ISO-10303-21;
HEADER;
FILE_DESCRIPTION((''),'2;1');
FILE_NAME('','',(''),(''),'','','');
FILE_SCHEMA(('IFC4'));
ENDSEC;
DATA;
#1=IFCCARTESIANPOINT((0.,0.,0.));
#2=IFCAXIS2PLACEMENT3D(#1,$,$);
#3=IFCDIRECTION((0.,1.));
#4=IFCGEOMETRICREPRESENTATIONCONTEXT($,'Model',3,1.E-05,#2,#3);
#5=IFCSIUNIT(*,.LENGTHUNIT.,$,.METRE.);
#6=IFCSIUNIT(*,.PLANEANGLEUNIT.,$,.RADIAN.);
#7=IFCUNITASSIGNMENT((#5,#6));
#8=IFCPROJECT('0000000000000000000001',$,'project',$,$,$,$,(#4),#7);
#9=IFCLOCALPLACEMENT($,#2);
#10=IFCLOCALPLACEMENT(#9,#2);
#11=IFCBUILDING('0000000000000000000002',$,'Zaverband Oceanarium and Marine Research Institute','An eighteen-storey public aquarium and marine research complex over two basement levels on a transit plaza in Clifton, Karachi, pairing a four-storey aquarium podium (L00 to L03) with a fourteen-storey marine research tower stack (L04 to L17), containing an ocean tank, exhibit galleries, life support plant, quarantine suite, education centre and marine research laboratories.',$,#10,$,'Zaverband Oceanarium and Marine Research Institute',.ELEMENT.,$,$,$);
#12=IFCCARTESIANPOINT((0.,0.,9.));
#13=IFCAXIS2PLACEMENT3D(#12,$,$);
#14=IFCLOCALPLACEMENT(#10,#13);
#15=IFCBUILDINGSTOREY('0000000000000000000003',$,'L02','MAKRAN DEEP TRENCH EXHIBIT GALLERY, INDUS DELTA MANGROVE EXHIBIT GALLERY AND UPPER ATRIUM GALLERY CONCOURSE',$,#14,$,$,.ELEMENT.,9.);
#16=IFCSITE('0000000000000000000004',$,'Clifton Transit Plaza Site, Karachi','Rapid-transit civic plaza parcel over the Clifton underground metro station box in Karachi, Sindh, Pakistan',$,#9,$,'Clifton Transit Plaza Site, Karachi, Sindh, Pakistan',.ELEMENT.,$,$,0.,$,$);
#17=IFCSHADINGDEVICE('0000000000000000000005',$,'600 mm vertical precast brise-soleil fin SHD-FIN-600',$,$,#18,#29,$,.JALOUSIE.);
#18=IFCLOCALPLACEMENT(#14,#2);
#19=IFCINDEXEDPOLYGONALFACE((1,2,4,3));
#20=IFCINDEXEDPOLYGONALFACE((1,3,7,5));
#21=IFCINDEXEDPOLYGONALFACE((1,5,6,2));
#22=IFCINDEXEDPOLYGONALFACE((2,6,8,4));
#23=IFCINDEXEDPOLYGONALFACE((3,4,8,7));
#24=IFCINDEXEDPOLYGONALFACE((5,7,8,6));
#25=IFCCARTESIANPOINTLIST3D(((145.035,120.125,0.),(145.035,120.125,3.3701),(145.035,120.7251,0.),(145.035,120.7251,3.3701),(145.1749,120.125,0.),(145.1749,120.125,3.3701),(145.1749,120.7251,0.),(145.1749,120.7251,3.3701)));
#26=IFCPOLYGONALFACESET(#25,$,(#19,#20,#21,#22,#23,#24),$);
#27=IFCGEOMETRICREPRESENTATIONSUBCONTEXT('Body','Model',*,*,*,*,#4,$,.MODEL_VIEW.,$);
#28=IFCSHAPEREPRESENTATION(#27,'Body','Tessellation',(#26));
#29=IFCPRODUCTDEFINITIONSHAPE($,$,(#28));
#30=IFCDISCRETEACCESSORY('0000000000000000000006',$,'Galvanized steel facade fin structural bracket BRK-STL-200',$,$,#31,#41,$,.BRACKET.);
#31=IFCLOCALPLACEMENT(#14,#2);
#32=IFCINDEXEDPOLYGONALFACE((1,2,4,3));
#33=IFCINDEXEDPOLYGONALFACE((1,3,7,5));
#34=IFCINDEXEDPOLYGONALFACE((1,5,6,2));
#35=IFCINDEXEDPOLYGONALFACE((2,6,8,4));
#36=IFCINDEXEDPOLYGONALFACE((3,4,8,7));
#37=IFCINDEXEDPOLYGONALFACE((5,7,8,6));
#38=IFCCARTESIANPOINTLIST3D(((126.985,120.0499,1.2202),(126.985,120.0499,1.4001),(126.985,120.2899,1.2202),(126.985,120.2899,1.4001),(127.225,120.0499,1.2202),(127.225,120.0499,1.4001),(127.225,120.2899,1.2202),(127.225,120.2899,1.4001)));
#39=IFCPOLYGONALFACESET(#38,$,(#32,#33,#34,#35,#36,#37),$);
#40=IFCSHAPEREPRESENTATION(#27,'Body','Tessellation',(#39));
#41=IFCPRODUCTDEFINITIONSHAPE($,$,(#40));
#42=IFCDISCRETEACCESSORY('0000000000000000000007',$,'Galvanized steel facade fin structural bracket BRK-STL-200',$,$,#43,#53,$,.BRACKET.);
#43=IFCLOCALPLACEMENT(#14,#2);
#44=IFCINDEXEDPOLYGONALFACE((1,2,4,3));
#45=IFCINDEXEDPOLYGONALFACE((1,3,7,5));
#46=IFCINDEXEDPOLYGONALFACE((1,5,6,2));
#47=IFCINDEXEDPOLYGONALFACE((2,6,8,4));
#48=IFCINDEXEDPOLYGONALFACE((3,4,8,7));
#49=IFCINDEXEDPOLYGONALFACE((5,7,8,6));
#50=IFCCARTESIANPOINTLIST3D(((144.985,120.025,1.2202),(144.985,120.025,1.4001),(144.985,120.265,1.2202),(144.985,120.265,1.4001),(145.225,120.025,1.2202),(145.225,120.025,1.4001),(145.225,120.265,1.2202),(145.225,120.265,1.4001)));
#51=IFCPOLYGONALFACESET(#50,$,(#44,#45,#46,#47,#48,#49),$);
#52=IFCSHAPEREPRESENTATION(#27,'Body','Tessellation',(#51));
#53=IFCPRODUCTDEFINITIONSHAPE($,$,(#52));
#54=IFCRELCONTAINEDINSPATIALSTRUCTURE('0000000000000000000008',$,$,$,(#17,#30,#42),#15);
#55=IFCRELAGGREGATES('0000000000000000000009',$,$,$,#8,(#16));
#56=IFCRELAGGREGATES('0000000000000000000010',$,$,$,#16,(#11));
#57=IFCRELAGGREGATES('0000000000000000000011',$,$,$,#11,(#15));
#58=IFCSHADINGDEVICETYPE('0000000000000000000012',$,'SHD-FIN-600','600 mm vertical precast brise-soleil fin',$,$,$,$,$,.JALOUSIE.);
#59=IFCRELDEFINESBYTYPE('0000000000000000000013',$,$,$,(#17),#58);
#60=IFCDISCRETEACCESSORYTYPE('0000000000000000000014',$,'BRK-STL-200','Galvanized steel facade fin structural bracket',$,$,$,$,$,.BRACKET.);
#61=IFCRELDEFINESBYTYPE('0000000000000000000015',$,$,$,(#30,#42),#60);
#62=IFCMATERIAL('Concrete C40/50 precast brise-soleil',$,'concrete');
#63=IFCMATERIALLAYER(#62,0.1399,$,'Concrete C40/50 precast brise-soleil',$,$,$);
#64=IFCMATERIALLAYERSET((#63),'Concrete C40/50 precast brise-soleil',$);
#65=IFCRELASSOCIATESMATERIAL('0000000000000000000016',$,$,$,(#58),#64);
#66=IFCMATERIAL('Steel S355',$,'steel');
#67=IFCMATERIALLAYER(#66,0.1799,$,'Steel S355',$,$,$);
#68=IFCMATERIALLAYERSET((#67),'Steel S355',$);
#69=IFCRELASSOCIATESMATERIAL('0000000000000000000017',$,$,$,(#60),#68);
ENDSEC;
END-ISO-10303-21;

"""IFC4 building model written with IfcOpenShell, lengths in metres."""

from ifc_helpers import new_model, si_unit, direction, frame, frame_2d, origin, origin_2d, place, context, subcontext, project, spatial, rectangle, extrude, material, layer, layer_set, type_object, element, save


model = new_model("IFC4")

# Units and contexts
model_context = context("Model", 3, precision=1e-05, world=origin(), true_north=direction((0.0, 1.0)))
body_context = subcontext(model_context, "Body", "Model", "MODEL_VIEW")
ifc_project = project(units=[si_unit("LENGTHUNIT", "METRE"), si_unit("PLANEANGLEUNIT", "RADIAN")], contexts=[model_context])

# Site, building, storey
site_placement = place(None, origin())
site = spatial("IfcSite", under=ifc_project, at=site_placement, Name="Clifton Transit Plaza Site, Karachi", Description="Rapid-transit civic plaza parcel over the Clifton underground metro station box in Karachi, Sindh, Pakistan", LongName="Clifton Transit Plaza Site, Karachi, Sindh, Pakistan", CompositionType="ELEMENT", RefElevation=0.0)
building_placement = place(site_placement, origin())
building = spatial("IfcBuilding", under=site, at=building_placement, Name="Zaverband Oceanarium and Marine Research Institute", Description="An eighteen-storey public aquarium and marine research complex over two basement levels on a transit plaza in Clifton, Karachi, pairing a four-storey aquarium podium (L00 to L03) with a fourteen-storey marine research tower stack (L04 to L17), containing an ocean tank, exhibit galleries, life support plant, quarantine suite, education centre and marine research laboratories.", LongName="Zaverband Oceanarium and Marine Research Institute", CompositionType="ELEMENT")
storey_placement = place(building_placement, frame((0.0, 0.0, 9.0)))
storey = spatial("IfcBuildingStorey", under=building, at=storey_placement, Name="L02", Description="MAKRAN DEEP TRENCH EXHIBIT GALLERY, INDUS DELTA MANGROVE EXHIBIT GALLERY AND UPPER ATRIUM GALLERY CONCOURSE", CompositionType="ELEMENT", Elevation=9.0)

# Shading device
ifc_material_1 = material(Name="Concrete C40/50 precast brise-soleil", Category="concrete")
ifc_layer_1 = layer(ifc_material_1, 0.1399, Name="Concrete C40/50 precast brise-soleil")
ifc_layer_set_1 = layer_set([ifc_layer_1], Name="Concrete C40/50 precast brise-soleil")
shading_device_type = type_object("IfcShadingDeviceType", Name="SHD-FIN-600", Description="600 mm vertical precast brise-soleil fin", PredefinedType="JALOUSIE", material=ifc_layer_set_1)
for number, where, z_axis, x_axis, name in (
    (1, (145.105, 120.125, 0.0), (0.0, 0.0, 1.0), (0.0, 1.0, 0.0), "600 mm vertical precast brise-soleil fin SHD-FIN-600"),
):
    element("IfcShadingDevice", number, at=place(storey_placement, frame(where, z_axis=z_axis, x_axis=x_axis)), inside=storey, type_object=shading_device_type, Name=name, PredefinedType="JALOUSIE", context=body_context, shape_type="SweptSolid", body=[
        extrude(rectangle(XDim=0.6001, YDim=0.1399, at=frame_2d((0.3, 0.0))), origin(), (0.0, 0.0, 1.0), 3.3701),
    ])

# Discrete accessories
ifc_material_2 = material(Name="Steel S355", Category="steel")
ifc_layer_2 = layer(ifc_material_2, 0.1799, Name="Steel S355")
ifc_layer_set_2 = layer_set([ifc_layer_2], Name="Steel S355")
discrete_accessory_type = type_object("IfcDiscreteAccessoryType", Name="BRK-STL-200", Description="Galvanized steel facade fin structural bracket", PredefinedType="BRACKET", material=ifc_layer_set_2)
for number, where, z_axis, x_axis, name in (
    (2, (127.105, 120.1699, 1.2202), (0.0, 0.0, 1.0), (1.0, 0.0, 0.0), "Galvanized steel facade fin structural bracket BRK-STL-200"),
    (3, (145.105, 120.145, 1.2202), (0.0, 0.0, 1.0), (1.0, 0.0, 0.0), "Galvanized steel facade fin structural bracket BRK-STL-200"),
):
    element("IfcDiscreteAccessory", number, at=place(storey_placement, frame(where, z_axis=z_axis, x_axis=x_axis)), inside=storey, type_object=discrete_accessory_type, Name=name, PredefinedType="BRACKET", context=body_context, shape_type="SweptSolid", body=[
        extrude(rectangle(XDim=0.24, YDim=0.24, at=origin_2d()), origin(), (0.0, 0.0, 1.0), 0.1799),
    ])

save(model, "model.ifc")
